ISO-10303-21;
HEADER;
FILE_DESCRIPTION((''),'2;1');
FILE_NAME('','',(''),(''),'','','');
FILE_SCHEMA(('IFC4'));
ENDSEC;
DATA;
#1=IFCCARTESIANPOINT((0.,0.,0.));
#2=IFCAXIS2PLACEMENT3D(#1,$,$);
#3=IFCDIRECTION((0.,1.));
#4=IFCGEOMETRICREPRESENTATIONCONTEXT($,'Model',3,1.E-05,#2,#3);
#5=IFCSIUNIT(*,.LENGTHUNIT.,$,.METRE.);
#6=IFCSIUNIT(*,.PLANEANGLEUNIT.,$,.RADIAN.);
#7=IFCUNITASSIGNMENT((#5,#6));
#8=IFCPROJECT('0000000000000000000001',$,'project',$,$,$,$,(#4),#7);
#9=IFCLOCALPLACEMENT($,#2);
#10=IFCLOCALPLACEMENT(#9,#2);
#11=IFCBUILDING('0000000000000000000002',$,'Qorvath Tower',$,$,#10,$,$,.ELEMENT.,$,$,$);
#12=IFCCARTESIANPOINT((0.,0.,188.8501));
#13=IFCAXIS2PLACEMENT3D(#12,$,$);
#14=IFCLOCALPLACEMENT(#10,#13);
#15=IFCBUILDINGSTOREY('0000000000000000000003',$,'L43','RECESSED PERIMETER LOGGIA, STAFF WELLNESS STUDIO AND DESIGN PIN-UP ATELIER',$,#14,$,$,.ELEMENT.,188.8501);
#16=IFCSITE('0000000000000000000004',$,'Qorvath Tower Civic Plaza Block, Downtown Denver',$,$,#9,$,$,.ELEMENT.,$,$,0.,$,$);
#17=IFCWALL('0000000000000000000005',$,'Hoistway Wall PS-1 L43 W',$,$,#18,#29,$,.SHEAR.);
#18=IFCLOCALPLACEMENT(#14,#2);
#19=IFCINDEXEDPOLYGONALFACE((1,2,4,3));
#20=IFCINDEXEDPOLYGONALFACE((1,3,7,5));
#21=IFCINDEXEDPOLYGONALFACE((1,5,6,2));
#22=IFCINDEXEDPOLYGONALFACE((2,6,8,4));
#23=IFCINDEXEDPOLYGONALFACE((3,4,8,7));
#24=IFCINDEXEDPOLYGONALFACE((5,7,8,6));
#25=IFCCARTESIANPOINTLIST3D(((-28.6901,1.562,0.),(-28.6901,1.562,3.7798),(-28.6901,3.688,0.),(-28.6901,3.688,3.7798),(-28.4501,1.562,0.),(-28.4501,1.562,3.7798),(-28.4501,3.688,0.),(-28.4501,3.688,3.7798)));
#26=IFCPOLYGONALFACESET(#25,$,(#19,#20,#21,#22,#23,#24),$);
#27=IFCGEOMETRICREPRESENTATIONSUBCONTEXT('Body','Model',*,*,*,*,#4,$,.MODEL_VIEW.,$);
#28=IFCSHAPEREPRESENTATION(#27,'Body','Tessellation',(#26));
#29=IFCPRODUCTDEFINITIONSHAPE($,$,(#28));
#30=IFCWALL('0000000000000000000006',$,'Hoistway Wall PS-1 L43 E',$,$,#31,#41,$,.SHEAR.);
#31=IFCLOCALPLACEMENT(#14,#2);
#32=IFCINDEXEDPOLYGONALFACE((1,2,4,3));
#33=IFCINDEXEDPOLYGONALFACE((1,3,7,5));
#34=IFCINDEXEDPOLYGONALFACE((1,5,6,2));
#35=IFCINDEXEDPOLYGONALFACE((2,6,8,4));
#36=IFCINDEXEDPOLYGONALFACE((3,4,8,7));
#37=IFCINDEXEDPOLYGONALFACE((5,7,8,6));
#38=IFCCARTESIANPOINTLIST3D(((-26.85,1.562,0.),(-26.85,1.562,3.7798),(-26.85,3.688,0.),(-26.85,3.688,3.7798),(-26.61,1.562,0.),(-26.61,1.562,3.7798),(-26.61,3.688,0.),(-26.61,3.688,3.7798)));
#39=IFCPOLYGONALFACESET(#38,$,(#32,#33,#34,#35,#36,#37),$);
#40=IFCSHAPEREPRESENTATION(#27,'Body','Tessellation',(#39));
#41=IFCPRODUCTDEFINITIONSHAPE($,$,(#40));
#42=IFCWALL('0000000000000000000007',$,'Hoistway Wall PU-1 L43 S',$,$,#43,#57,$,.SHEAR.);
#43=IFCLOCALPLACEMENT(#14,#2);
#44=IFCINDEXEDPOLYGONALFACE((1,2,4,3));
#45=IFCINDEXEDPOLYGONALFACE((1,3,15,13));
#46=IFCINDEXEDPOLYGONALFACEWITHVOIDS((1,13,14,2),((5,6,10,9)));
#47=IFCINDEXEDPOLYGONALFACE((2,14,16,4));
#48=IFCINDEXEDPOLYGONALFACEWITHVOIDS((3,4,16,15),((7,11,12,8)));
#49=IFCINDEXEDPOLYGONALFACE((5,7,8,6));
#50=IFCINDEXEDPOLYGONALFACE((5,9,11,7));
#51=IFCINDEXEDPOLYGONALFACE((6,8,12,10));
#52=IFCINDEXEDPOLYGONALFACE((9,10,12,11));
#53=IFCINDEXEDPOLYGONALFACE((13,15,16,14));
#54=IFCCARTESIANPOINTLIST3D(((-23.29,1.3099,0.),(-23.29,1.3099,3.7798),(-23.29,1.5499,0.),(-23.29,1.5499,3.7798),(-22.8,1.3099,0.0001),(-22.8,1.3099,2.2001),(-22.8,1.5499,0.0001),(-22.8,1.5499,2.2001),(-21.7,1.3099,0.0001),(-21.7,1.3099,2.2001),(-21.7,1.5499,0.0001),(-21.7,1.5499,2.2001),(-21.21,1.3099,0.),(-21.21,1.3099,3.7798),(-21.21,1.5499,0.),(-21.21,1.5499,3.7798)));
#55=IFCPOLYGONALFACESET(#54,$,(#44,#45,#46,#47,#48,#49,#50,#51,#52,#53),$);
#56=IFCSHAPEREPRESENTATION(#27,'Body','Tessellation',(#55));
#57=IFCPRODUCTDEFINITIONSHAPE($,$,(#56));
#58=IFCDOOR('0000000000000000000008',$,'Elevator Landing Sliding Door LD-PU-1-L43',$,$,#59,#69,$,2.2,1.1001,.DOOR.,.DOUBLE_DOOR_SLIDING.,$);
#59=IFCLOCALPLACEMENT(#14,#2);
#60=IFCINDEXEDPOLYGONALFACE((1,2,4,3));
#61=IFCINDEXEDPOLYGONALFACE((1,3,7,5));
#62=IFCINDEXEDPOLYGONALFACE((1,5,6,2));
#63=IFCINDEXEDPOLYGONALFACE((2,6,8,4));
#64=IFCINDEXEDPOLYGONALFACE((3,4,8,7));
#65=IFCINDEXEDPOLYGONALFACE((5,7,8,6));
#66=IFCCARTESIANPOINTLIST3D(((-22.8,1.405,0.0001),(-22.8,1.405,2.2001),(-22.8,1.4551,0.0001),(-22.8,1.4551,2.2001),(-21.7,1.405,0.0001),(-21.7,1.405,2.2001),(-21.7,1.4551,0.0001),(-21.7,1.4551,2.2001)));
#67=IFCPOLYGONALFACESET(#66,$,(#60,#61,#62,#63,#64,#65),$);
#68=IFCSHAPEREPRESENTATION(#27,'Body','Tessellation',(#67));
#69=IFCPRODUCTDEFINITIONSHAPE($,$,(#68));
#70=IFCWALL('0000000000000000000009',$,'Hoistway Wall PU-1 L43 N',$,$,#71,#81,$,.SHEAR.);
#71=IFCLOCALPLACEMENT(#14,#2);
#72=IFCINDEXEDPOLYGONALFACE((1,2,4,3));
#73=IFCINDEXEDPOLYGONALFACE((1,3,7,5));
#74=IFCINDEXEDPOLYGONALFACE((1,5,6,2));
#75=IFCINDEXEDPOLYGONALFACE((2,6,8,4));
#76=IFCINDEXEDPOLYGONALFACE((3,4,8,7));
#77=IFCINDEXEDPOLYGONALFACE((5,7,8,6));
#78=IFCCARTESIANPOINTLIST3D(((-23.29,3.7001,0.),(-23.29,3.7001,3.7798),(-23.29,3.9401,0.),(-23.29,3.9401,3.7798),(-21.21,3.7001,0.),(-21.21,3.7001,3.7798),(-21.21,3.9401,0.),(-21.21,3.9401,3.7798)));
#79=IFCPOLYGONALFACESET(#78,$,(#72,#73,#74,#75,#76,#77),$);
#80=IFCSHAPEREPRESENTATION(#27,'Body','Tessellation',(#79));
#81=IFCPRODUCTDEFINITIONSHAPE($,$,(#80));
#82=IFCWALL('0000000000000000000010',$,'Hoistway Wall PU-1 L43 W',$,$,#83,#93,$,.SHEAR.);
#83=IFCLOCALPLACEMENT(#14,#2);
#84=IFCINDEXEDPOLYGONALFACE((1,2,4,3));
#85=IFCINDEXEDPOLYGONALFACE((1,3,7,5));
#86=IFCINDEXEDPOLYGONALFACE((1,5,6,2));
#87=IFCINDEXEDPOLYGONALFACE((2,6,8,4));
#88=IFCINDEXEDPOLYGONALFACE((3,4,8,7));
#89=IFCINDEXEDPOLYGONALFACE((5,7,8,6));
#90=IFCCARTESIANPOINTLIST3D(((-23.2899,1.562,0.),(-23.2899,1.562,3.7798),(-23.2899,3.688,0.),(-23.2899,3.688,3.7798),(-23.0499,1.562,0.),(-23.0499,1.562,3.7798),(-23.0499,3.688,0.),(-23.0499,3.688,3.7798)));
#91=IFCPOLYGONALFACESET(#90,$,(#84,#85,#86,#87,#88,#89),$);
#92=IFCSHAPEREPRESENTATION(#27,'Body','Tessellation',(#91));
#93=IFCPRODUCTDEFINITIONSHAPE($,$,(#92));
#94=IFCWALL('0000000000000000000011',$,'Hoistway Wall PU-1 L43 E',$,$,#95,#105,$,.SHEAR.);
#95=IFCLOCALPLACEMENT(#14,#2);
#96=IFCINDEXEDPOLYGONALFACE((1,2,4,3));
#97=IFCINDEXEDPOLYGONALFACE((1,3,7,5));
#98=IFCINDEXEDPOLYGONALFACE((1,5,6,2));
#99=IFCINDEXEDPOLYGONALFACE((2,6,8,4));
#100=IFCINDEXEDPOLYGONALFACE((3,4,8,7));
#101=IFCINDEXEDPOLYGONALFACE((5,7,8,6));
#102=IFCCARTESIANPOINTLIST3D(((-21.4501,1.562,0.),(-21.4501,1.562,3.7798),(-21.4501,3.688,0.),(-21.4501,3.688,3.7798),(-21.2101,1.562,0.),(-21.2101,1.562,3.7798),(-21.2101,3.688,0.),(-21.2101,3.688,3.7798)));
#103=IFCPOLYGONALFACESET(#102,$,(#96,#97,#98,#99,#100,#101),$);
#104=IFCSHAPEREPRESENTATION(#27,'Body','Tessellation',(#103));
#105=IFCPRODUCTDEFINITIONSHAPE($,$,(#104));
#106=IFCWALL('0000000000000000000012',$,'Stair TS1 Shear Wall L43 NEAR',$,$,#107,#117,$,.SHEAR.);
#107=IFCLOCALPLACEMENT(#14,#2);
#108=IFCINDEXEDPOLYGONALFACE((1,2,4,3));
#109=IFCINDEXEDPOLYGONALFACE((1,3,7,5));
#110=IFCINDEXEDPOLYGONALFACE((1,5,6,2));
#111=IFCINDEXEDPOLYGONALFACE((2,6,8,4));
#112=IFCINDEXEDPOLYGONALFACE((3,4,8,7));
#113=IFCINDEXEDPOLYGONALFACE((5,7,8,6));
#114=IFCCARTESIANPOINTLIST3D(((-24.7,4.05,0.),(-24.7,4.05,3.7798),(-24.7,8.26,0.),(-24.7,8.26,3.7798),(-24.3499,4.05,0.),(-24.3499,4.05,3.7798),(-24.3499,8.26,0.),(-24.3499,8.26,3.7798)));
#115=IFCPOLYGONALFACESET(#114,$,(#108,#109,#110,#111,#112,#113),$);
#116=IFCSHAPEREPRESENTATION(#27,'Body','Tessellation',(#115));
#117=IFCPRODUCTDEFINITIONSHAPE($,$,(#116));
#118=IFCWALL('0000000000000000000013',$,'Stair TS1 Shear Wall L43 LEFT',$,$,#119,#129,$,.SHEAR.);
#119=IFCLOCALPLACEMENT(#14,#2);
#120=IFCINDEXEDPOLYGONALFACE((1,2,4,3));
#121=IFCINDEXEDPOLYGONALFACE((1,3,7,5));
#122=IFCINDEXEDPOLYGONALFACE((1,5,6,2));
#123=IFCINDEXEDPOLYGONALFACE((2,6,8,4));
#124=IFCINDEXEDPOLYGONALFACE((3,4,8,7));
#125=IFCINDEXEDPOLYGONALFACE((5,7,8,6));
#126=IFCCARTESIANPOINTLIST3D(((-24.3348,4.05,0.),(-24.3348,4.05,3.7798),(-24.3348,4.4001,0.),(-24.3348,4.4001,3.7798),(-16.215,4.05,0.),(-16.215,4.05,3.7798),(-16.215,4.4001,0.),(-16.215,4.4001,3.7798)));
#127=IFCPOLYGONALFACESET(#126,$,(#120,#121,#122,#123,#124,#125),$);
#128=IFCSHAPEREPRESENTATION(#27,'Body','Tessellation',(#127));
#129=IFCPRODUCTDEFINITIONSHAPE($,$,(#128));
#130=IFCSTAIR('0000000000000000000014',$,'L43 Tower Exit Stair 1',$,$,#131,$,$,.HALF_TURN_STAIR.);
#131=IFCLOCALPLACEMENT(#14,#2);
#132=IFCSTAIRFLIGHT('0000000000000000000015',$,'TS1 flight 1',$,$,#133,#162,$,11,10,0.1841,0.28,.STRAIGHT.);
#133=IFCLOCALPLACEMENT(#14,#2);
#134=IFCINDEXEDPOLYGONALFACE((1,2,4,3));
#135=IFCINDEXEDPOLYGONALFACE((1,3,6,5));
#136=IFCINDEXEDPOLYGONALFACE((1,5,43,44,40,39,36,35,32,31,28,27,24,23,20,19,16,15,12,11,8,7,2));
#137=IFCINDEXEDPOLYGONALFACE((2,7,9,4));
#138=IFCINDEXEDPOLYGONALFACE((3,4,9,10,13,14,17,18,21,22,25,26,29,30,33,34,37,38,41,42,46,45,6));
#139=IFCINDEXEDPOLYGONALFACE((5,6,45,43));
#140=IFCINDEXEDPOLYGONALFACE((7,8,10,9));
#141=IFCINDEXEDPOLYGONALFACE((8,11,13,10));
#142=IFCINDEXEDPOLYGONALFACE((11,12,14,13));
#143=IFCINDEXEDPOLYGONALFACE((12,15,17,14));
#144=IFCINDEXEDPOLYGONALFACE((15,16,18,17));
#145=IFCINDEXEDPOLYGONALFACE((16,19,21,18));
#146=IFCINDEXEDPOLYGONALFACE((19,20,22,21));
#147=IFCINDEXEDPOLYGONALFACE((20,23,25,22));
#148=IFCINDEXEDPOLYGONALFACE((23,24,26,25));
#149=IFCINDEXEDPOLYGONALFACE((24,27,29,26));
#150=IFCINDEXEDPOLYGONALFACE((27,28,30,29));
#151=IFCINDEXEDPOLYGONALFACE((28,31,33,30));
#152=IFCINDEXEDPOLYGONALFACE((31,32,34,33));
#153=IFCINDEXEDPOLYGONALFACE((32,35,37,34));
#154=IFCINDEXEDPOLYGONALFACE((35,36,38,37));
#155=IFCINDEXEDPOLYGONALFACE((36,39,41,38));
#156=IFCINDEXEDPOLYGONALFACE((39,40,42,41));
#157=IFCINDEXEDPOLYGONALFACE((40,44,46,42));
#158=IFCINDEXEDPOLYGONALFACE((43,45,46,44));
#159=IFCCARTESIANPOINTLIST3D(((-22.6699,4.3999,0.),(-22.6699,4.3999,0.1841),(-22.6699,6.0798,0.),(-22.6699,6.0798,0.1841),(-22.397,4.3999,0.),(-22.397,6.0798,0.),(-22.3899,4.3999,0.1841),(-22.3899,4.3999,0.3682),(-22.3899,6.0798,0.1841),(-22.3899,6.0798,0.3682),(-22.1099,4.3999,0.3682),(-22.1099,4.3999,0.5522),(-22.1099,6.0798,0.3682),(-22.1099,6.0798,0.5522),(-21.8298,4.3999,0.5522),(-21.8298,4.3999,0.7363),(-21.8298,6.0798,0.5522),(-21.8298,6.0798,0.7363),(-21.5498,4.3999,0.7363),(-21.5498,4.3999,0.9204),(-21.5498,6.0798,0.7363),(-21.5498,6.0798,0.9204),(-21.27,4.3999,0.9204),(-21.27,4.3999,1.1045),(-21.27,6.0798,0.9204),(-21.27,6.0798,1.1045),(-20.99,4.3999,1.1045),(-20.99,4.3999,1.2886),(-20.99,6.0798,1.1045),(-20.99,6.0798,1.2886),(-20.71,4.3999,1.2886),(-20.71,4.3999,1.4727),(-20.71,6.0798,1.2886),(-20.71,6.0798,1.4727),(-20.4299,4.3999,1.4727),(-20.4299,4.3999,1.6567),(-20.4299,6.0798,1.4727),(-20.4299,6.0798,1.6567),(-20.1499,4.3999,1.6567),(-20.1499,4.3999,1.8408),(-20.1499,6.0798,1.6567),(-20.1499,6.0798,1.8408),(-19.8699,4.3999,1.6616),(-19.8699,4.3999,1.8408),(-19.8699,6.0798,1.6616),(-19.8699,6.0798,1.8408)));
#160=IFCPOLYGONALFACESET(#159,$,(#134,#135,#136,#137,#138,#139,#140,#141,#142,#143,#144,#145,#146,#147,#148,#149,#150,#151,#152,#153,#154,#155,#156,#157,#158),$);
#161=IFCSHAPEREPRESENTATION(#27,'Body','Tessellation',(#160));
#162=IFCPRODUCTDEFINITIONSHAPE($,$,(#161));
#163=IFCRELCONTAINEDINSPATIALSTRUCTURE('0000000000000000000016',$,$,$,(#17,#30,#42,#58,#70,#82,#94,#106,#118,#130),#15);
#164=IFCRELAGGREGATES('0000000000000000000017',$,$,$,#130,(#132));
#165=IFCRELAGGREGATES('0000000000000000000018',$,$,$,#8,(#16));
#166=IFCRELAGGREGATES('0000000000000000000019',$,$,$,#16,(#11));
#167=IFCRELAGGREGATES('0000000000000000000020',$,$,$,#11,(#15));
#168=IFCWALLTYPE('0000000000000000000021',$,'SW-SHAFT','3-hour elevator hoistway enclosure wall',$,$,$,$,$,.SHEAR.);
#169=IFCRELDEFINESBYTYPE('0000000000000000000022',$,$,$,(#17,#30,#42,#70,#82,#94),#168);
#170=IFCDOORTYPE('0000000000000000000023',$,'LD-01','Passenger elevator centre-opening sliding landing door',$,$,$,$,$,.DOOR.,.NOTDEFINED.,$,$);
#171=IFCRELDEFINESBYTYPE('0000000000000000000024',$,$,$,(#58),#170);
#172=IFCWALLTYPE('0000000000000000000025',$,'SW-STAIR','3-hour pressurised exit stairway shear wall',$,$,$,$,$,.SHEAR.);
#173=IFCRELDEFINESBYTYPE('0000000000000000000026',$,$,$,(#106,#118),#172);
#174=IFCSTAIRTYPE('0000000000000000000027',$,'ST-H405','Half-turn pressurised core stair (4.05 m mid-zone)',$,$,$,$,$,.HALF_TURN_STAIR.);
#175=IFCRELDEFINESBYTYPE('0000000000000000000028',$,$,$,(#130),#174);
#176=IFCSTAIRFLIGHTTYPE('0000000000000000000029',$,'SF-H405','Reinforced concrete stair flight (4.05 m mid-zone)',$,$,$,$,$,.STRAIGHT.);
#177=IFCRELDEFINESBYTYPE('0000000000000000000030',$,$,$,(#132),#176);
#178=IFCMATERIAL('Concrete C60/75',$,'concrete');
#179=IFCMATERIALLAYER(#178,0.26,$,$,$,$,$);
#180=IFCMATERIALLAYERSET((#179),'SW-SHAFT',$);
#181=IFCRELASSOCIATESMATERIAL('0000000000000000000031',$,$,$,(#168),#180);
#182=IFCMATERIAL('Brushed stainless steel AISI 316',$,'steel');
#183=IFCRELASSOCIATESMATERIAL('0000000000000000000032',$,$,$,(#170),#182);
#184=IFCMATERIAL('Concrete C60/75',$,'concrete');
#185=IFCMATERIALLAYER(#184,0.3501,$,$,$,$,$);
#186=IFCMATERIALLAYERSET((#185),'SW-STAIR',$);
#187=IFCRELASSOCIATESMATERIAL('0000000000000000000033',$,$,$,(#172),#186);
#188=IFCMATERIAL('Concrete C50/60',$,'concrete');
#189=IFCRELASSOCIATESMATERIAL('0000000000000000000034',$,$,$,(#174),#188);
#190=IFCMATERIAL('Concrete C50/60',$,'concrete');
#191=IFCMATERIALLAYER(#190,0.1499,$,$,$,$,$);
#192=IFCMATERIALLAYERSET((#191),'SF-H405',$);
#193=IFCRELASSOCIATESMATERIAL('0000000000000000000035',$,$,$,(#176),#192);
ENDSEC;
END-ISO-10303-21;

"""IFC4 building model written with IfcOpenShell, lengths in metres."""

from ifc_helpers import new_model, si_unit, direction, frame, frame_2d, origin, place, context, subcontext, project, spatial, polyline, rectangle, outline, extrude, material, layer, layer_set, type_object, element, fill, aggregate, save


model = new_model("IFC4")

# Units and contexts
model_context = context("Model", 3, precision=1e-05, world=origin(), true_north=direction((0.0, 1.0)))
body_context = subcontext(model_context, "Body", "Model", "MODEL_VIEW")
ifc_project = project(units=[si_unit("LENGTHUNIT", "METRE"), si_unit("PLANEANGLEUNIT", "RADIAN")], contexts=[model_context])

# Site, building, storey
site_placement = place(None, origin())
site = spatial("IfcSite", under=ifc_project, at=site_placement, Name="Qorvath Tower Civic Plaza Block, Downtown Denver", CompositionType="ELEMENT", RefElevation=0.0)
building_placement = place(site_placement, origin())
building = spatial("IfcBuilding", under=site, at=building_placement, Name="Qorvath Tower", CompositionType="ELEMENT")
storey_placement = place(building_placement, frame((0.0, 0.0, 188.8501)))
storey = spatial("IfcBuildingStorey", under=building, at=storey_placement, Name="L43", Description="RECESSED PERIMETER LOGGIA, STAFF WELLNESS STUDIO AND DESIGN PIN-UP ATELIER", CompositionType="ELEMENT", Elevation=188.8501)

# Shared definitions
ifc_material_1 = material(Name="Concrete C60/75", Category="concrete")
ifc_layer_1 = layer(ifc_material_1, 0.26)
ifc_layer_set_1 = layer_set([ifc_layer_1], Name="SW-SHAFT")
wall_type_1 = type_object("IfcWallType", Name="SW-SHAFT", Description="3-hour elevator hoistway enclosure wall", PredefinedType="SHEAR", material=ifc_layer_set_1)

# Walls
for number, where, z_axis, x_axis, name in (
    (1, (-28.5701, 1.562, 0.0), (0.0, 0.0, 1.0), (0.0, 1.0, 0.0), "Hoistway Wall PS-1 L43 W"),
    (2, (-26.73, 3.688, 0.0), (0.0, 0.0, 1.0), (0.0, -1.0, 0.0), "Hoistway Wall PS-1 L43 E"),
):
    element("IfcWall", number, at=place(storey_placement, frame(where, z_axis=z_axis, x_axis=x_axis)), inside=storey, type_object=wall_type_1, Name=name, PredefinedType="SHEAR", context=body_context, shape_type="SweptSolid", body=[
        extrude(rectangle(XDim=2.126, YDim=0.24, at=frame_2d((1.063, 0.0))), origin(), (0.0, 0.0, 1.0), 3.7798),
    ])

# Wall, opening, door
wall_1_placement = place(storey_placement, frame((-21.21, 1.4299, 0.0), z_axis=(0.0, 0.0, 1.0), x_axis=(-1.0, 0.0, 0.0)))
wall_1 = element("IfcWall", 3, at=wall_1_placement, inside=storey, type_object=wall_type_1, Name="Hoistway Wall PU-1 L43 S", PredefinedType="SHEAR", context=body_context, shape_type="SweptSolid", body=[
    extrude(rectangle(XDim=2.0801, YDim=0.24, at=frame_2d((1.04, 0.0))), origin(), (0.0, 0.0, 1.0), 3.7798),
])
opening_1_placement = place(wall_1_placement, frame((0.49, 0.0, 0.0)))
opening_1 = element("IfcOpeningElement", 4, at=opening_1_placement, cuts=wall_1, PredefinedType="OPENING", context=body_context, shape_type="SweptSolid", body=[
    extrude(rectangle(XDim=1.1001, YDim=2.2, at=frame_2d((0.55, 1.1001))), frame((0.0, 0.1299, 0.0), z_axis=(0.0, -1.0, 0.0), x_axis=(1.0, 0.0, 0.0)), (0.0, 0.0, 1.0), 0.26),
])
ifc_material_2 = material(Name="Brushed stainless steel AISI 316", Category="steel")
door_type_1 = type_object("IfcDoorType", Name="LD-01", Description="Passenger elevator centre-opening sliding landing door", OperationType="NOTDEFINED", PredefinedType="DOOR", material=ifc_material_2)
door_1_placement = place(opening_1_placement, origin())
door_1 = element("IfcDoor", 5, at=door_1_placement, inside=storey, type_object=door_type_1, Name="Elevator Landing Sliding Door LD-PU-1-L43", OperationType="DOUBLE_DOOR_SLIDING", OverallHeight=2.2, OverallWidth=1.1001, PredefinedType="DOOR", context=body_context, shape_type="SweptSolid", body=[
    extrude(rectangle(XDim=1.1001, YDim=2.2, at=frame_2d((0.55, 1.1001))), frame((0.0, 0.0249, 0.0), z_axis=(0.0, -1.0, 0.0), x_axis=(1.0, 0.0, 0.0)), (0.0, 0.0, 1.0), 0.05),
])
fill(opening_1, door_1)

# Walls
wall_2_placement = place(storey_placement, frame((-23.29, 3.8201, 0.0), z_axis=(0.0, 0.0, 1.0), x_axis=(1.0, 0.0, 0.0)))
element("IfcWall", 6, at=wall_2_placement, inside=storey, type_object=wall_type_1, Name="Hoistway Wall PU-1 L43 N", PredefinedType="SHEAR", context=body_context, shape_type="SweptSolid", body=[
    extrude(rectangle(XDim=2.0801, YDim=0.24, at=frame_2d((1.04, 0.0))), origin(), (0.0, 0.0, 1.0), 3.7798),
])
for number, where, z_axis, x_axis, name in (
    (7, (-23.1699, 1.562, 0.0), (0.0, 0.0, 1.0), (0.0, 1.0, 0.0), "Hoistway Wall PU-1 L43 W"),
    (8, (-21.3301, 3.688, 0.0), (0.0, 0.0, 1.0), (0.0, -1.0, 0.0), "Hoistway Wall PU-1 L43 E"),
):
    element("IfcWall", number, at=place(storey_placement, frame(where, z_axis=z_axis, x_axis=x_axis)), inside=storey, type_object=wall_type_1, Name=name, PredefinedType="SHEAR", context=body_context, shape_type="SweptSolid", body=[
        extrude(rectangle(XDim=2.126, YDim=0.24, at=frame_2d((1.063, 0.0))), origin(), (0.0, 0.0, 1.0), 3.7798),
    ])
ifc_material_3 = material(Name="Concrete C60/75", Category="concrete")
ifc_layer_2 = layer(ifc_material_3, 0.3501)
ifc_layer_set_2 = layer_set([ifc_layer_2], Name="SW-STAIR")
wall_type_2 = type_object("IfcWallType", Name="SW-STAIR", Description="3-hour pressurised exit stairway shear wall", PredefinedType="SHEAR", material=ifc_layer_set_2)
wall_3_placement = place(storey_placement, frame((-24.5249, 8.26, 0.0), z_axis=(0.0, 0.0, 1.0), x_axis=(0.0, -1.0, 0.0)))
element("IfcWall", 9, at=wall_3_placement, inside=storey, type_object=wall_type_2, Name="Stair TS1 Shear Wall L43 NEAR", PredefinedType="SHEAR", context=body_context, shape_type="SweptSolid", body=[
    extrude(rectangle(XDim=4.21, YDim=0.3501, at=frame_2d((2.105, 0.0))), origin(), (0.0, 0.0, 1.0), 3.7798),
])
wall_4_placement = place(storey_placement, frame((-24.335, 4.2251, 0.0), z_axis=(0.0, 0.0, 1.0), x_axis=(1.0, 0.0, 0.0)))
element("IfcWall", 10, at=wall_4_placement, inside=storey, type_object=wall_type_2, Name="Stair TS1 Shear Wall L43 LEFT", PredefinedType="SHEAR", context=body_context, shape_type="SweptSolid", body=[
    extrude(rectangle(XDim=8.1199, YDim=0.3501, at=frame_2d((4.0601, 0.0))), origin(), (0.0, 0.0, 1.0), 3.7798),
])

# Stair, stair flight
ifc_material_4 = material(Name="Concrete C50/60", Category="concrete")
stair_type = type_object("IfcStairType", Name="ST-H405", Description="Half-turn pressurised core stair (4.05 m mid-zone)", PredefinedType="HALF_TURN_STAIR", material=ifc_material_4)
stair_placement = place(storey_placement, origin())
stair = element("IfcStair", 11, at=stair_placement, inside=storey, type_object=stair_type, Name="L43 Tower Exit Stair 1", PredefinedType="HALF_TURN_STAIR")
ifc_material_5 = material(Name="Concrete C50/60", Category="concrete")
ifc_layer_3 = layer(ifc_material_5, 0.1499)
ifc_layer_set_3 = layer_set([ifc_layer_3], Name="SF-H405")
stair_flight_type = type_object("IfcStairFlightType", Name="SF-H405", Description="Reinforced concrete stair flight (4.05 m mid-zone)", PredefinedType="STRAIGHT", material=ifc_layer_set_3)
stair_flight_1_placement = place(storey_placement, frame((-22.6699, 5.24, 0.0), z_axis=(0.0, 0.0, 1.0), x_axis=(1.0, 0.0, 0.0)))
stair_flight_1 = element("IfcStairFlight", 12, at=stair_flight_1_placement, type_object=stair_flight_type, Name="TS1 flight 1", NumberOfRisers=11, NumberOfTreads=10, PredefinedType="STRAIGHT", RiserHeight=0.1841, TreadLength=0.28, context=body_context, shape_type="SweptSolid", body=[
    extrude(outline(polyline([(0.0, 0.0), (0.0, 0.1841), (0.28, 0.1841), (0.28, 0.3682), (0.5601, 0.3682), (0.5601, 0.5522), (0.8401, 0.5522), (0.8401, 0.7363), (1.1201, 0.7363), (1.1201, 0.9204), (1.3999, 0.9204), (1.3999, 1.1045), (1.6799, 1.1045), (1.6799, 1.2886), (1.96, 1.2886), (1.96, 1.4727), (2.24, 1.4727), (2.24, 1.6567), (2.52, 1.6567), (2.52, 1.8408), (2.8, 1.8408), (2.8, 2.0249), (2.8, 1.6616), (0.2729, 0.0), (0.0, 0.0)])), frame((0.0, 0.8398, 0.0), z_axis=(0.0, -1.0, 0.0), x_axis=(1.0, 0.0, 0.0)), (0.0, 0.0, 1.0), 1.6799),
])
aggregate(stair, [stair_flight_1])

save(model, "model.ifc")
